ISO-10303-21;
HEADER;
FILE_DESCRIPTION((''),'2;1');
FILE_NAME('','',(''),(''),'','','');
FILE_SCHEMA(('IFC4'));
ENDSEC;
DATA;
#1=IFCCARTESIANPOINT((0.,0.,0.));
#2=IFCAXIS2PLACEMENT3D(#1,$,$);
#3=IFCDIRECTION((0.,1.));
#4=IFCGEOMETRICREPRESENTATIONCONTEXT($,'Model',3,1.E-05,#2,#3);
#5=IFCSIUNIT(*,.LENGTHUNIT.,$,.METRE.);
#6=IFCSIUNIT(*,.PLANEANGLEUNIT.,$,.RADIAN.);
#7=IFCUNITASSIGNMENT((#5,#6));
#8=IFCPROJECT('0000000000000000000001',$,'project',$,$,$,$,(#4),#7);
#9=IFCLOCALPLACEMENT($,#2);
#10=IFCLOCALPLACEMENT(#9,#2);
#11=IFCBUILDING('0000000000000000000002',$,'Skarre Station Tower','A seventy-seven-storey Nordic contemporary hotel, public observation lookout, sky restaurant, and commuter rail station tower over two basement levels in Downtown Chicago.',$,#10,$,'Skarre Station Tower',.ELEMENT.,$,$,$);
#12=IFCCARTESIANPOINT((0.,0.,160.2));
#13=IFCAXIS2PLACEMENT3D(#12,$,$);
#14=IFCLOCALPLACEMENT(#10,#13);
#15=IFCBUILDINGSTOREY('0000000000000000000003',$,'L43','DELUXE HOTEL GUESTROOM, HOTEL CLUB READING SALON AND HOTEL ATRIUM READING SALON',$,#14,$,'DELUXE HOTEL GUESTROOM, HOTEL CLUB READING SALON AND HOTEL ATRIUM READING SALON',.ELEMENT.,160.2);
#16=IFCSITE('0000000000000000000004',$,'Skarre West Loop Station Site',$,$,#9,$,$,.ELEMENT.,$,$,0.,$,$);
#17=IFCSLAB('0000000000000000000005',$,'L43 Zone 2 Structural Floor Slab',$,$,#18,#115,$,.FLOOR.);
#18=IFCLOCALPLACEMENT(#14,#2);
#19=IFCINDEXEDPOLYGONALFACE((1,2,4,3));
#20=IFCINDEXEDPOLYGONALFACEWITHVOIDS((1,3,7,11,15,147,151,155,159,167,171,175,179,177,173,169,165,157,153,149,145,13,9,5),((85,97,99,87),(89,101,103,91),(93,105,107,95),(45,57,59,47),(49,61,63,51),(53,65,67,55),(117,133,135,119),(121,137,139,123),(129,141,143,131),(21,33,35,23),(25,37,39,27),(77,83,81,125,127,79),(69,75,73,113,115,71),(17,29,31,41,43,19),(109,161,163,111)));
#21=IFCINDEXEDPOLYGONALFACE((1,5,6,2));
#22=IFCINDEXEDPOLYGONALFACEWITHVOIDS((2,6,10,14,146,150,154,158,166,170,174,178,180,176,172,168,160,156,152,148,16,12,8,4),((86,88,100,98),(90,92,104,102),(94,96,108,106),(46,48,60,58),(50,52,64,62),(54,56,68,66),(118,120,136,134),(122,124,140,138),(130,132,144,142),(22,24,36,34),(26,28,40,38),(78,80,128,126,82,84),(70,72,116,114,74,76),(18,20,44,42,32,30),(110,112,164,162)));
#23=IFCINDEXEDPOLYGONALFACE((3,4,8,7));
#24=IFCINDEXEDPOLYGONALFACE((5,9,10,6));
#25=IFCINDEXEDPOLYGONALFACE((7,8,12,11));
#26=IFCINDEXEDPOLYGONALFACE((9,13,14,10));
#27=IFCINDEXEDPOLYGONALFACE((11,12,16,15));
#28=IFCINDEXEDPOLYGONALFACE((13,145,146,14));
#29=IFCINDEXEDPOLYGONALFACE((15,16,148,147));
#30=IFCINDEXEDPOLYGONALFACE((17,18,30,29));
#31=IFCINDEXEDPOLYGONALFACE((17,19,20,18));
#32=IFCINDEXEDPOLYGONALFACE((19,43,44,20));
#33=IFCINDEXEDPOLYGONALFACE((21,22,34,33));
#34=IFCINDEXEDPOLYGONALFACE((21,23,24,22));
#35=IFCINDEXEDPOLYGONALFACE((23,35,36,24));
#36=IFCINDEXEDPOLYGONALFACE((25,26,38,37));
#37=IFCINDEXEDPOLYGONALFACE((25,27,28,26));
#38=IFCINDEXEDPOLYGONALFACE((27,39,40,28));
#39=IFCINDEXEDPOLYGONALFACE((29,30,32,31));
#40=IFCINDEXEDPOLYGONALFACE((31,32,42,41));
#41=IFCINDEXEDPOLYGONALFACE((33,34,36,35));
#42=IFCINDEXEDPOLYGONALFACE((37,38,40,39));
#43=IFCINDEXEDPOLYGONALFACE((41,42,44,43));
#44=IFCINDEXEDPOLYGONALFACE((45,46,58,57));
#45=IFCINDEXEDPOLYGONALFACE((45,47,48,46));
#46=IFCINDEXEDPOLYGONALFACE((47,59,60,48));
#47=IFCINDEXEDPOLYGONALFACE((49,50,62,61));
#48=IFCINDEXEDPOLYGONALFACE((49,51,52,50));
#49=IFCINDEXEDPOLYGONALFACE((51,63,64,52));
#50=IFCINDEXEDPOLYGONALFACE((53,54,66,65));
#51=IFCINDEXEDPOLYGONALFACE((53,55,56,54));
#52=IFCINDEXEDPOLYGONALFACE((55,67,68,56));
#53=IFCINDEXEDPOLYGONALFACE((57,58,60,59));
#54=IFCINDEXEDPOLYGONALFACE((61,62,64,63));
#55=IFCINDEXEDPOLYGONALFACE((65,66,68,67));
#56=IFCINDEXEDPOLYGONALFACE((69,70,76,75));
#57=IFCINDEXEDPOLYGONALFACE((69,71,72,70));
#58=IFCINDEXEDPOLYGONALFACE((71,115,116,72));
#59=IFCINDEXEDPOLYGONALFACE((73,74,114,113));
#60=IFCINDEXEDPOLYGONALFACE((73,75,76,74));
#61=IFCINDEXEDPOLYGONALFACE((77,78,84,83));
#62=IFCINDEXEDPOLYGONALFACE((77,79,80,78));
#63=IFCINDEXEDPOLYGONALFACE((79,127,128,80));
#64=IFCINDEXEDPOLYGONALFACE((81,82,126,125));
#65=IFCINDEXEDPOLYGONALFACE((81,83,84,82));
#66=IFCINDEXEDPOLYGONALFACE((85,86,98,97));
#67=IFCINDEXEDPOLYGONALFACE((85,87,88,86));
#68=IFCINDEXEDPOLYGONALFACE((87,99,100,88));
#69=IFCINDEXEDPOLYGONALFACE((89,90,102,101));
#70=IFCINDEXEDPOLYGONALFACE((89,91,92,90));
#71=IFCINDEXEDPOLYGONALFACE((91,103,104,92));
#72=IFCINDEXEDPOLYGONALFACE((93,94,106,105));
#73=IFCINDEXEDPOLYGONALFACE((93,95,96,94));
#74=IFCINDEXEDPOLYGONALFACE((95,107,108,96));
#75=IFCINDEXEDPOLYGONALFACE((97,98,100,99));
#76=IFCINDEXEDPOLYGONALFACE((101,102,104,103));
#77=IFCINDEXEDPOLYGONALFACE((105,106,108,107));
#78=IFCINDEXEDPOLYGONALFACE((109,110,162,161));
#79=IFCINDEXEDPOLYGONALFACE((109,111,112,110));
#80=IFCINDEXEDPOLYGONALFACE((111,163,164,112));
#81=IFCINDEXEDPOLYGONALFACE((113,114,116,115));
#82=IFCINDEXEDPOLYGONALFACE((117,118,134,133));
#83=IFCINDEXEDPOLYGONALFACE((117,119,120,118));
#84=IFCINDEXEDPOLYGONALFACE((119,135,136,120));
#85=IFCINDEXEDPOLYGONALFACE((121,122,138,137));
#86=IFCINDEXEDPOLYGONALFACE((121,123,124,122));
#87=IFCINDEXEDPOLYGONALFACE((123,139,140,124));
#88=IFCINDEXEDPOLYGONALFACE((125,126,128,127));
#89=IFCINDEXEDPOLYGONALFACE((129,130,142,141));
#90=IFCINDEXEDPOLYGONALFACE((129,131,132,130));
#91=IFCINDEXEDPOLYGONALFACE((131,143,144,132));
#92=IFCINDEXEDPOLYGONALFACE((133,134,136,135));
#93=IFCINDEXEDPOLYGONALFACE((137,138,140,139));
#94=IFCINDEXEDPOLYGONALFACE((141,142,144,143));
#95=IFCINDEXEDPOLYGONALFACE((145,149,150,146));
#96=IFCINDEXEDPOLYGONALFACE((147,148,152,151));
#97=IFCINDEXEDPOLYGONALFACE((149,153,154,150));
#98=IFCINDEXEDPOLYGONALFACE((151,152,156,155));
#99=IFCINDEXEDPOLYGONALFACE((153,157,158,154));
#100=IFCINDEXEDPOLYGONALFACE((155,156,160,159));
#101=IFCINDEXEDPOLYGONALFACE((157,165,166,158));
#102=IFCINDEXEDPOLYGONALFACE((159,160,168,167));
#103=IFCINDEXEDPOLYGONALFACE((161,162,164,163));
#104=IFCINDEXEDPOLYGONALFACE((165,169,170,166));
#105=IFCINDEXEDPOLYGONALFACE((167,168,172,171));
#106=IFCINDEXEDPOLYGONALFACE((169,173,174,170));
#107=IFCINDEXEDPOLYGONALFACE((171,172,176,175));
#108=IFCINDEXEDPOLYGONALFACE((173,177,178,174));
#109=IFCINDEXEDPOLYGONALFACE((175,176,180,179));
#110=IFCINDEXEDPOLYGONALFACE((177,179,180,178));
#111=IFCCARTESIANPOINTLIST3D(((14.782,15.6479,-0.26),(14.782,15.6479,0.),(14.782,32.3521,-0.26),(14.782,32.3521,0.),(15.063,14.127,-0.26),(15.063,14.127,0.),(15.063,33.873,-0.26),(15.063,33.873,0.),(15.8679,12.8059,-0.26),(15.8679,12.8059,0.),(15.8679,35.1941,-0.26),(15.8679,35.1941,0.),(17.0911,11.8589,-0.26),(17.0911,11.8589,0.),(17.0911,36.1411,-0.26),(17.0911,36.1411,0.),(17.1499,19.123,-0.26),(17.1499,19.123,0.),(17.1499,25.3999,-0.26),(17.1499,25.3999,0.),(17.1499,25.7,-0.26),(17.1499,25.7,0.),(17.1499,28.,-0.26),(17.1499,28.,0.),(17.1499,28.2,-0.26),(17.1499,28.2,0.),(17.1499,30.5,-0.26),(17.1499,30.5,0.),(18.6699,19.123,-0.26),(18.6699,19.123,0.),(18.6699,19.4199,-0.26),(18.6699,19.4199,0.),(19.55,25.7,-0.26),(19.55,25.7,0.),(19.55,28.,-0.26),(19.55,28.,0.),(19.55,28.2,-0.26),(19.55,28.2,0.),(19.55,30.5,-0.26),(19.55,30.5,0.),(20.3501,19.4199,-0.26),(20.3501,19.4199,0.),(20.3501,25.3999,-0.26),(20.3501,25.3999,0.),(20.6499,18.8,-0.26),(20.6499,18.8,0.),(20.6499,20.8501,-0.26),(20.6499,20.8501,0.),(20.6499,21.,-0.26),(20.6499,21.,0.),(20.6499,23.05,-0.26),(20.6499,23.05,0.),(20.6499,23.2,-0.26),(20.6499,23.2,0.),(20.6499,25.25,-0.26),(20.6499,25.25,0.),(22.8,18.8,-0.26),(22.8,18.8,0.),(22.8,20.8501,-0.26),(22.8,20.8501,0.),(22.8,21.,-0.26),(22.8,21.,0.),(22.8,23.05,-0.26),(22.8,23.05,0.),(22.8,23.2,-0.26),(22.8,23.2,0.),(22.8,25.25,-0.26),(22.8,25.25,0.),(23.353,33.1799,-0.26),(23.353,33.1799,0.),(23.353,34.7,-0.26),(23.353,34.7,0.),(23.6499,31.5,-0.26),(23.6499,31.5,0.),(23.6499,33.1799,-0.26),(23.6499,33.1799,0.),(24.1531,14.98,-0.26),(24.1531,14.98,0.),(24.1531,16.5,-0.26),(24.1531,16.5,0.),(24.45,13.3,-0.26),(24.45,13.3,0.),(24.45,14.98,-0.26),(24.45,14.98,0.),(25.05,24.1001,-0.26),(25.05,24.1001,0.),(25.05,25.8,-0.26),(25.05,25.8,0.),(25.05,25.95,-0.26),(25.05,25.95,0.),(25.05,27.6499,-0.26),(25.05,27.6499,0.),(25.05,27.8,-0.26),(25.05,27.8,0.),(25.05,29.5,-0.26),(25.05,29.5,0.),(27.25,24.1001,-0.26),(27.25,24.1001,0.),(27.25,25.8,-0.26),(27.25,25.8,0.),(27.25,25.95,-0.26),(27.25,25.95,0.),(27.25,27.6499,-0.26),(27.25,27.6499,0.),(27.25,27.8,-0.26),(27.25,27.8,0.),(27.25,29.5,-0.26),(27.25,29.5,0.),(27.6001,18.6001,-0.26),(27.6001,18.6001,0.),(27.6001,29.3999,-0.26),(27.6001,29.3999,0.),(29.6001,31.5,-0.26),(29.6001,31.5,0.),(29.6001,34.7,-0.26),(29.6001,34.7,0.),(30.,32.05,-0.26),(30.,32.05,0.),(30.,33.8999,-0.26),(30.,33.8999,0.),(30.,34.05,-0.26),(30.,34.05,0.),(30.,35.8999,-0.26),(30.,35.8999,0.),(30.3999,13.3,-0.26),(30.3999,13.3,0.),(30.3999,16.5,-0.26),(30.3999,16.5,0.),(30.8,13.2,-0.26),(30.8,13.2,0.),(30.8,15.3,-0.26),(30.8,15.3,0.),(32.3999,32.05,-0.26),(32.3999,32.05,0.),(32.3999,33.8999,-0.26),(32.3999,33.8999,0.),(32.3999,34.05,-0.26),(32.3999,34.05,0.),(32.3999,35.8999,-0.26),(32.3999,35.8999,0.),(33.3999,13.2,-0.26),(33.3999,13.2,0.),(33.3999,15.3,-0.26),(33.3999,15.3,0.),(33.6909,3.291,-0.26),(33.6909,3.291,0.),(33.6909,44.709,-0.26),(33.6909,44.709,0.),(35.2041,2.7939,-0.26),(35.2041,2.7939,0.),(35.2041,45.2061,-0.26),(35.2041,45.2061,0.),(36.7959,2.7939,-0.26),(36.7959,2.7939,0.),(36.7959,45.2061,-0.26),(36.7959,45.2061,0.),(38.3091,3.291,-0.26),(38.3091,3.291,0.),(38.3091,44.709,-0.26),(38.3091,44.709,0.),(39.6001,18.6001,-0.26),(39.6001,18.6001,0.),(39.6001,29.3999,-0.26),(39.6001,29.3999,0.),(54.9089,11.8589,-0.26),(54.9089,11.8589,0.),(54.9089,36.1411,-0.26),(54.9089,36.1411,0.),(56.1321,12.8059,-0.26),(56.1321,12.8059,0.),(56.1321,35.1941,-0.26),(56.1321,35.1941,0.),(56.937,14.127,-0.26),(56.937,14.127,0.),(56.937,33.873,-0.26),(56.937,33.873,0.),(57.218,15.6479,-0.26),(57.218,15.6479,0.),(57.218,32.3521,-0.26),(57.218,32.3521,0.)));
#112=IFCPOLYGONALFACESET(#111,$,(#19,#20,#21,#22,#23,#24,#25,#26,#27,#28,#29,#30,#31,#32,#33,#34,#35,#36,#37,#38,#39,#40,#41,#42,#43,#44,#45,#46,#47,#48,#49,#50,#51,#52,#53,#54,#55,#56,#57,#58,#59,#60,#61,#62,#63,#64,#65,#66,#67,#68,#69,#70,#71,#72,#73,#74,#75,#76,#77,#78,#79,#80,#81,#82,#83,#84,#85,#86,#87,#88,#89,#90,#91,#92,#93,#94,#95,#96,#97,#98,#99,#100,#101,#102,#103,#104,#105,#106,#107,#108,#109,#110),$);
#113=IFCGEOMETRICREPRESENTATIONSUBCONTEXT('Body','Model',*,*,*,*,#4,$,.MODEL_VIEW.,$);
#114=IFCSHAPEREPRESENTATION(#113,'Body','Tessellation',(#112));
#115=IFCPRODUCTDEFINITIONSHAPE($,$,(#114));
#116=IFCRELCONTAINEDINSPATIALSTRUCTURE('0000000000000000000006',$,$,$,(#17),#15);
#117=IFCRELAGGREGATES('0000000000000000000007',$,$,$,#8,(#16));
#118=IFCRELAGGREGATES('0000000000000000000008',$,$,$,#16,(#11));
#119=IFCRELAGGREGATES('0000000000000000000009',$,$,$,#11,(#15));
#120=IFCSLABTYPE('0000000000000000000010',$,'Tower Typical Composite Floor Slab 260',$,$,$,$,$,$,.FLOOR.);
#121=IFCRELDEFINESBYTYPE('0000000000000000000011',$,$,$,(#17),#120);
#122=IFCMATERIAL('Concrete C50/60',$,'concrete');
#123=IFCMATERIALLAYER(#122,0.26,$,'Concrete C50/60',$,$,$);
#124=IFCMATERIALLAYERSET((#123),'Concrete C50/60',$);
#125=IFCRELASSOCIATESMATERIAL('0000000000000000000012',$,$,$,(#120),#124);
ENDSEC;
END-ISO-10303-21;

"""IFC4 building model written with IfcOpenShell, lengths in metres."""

from ifc_helpers import new_model, si_unit, direction, frame, origin, place, context, subcontext, project, spatial, polyline, outline, extrude, material, layer, layer_set, type_object, element, save


model = new_model("IFC4")

# Units and contexts
model_context = context("Model", 3, precision=1e-05, world=origin(), true_north=direction((0.0, 1.0)))
body_context = subcontext(model_context, "Body", "Model", "MODEL_VIEW")
ifc_project = project(units=[si_unit("LENGTHUNIT", "METRE"), si_unit("PLANEANGLEUNIT", "RADIAN")], contexts=[model_context])

# Site, building, storey
site_placement = place(None, origin())
site = spatial("IfcSite", under=ifc_project, at=site_placement, Name="Skarre West Loop Station Site", CompositionType="ELEMENT", RefElevation=0.0)
building_placement = place(site_placement, origin())
building = spatial("IfcBuilding", under=site, at=building_placement, Name="Skarre Station Tower", Description="A seventy-seven-storey Nordic contemporary hotel, public observation lookout, sky restaurant, and commuter rail station tower over two basement levels in Downtown Chicago.", LongName="Skarre Station Tower", CompositionType="ELEMENT")
storey_placement = place(building_placement, frame((0.0, 0.0, 160.2)))
storey = spatial("IfcBuildingStorey", under=building, at=storey_placement, Name="L43", Description="DELUXE HOTEL GUESTROOM, HOTEL CLUB READING SALON AND HOTEL ATRIUM READING SALON", LongName="DELUXE HOTEL GUESTROOM, HOTEL CLUB READING SALON AND HOTEL ATRIUM READING SALON", CompositionType="ELEMENT", Elevation=160.2)

# Slab
ifc_material_1 = material(Name="Concrete C50/60", Category="concrete")
ifc_layer_1 = layer(ifc_material_1, 0.26, Name="Concrete C50/60")
ifc_layer_set_1 = layer_set([ifc_layer_1], Name="Concrete C50/60")
slab_type_1 = type_object("IfcSlabType", Name="Tower Typical Composite Floor Slab 260", PredefinedType="FLOOR", material=ifc_layer_set_1)
slab_1_placement = place(storey_placement, frame((0.0, 0.0, -0.26)))
element("IfcSlab", 1, at=slab_1_placement, inside=storey, type_object=slab_type_1, Name="L43 Zone 2 Structural Floor Slab", PredefinedType="FLOOR", context=body_context, shape_type="SweptSolid", body=[
    extrude(outline(polyline([(57.218, 32.3521), (56.937, 33.873), (56.1321, 35.1941), (54.9089, 36.1411), (38.3091, 44.709), (36.7959, 45.2061), (35.2041, 45.2061), (33.6909, 44.709), (17.0911, 36.1411), (15.8679, 35.1941), (15.063, 33.873), (14.782, 32.3521), (14.782, 15.6479), (15.063, 14.127), (15.8679, 12.8059), (17.0911, 11.8589), (33.6909, 3.291), (35.2041, 2.7939), (36.7959, 2.7939), (38.3091, 3.291), (54.9089, 11.8589), (56.1321, 12.8059), (56.937, 14.127), (57.218, 15.6479), (57.218, 32.3521)]), holes=[polyline([(18.6699, 19.4199), (18.6699, 19.123), (17.1499, 19.123), (17.1499, 25.3999), (20.3501, 25.3999), (20.3501, 19.4199), (18.6699, 19.4199)]), polyline([(24.45, 14.98), (24.1531, 14.98), (24.1531, 16.5), (30.3999, 16.5), (30.3999, 13.3), (24.45, 13.3), (24.45, 14.98)]), polyline([(23.6499, 33.1799), (23.353, 33.1799), (23.353, 34.7), (29.6001, 34.7), (29.6001, 31.5), (23.6499, 31.5), (23.6499, 33.1799)]), polyline([(17.1499, 28.0), (19.55, 28.0), (19.55, 25.7), (17.1499, 25.7), (17.1499, 28.0)]), polyline([(17.1499, 30.5), (19.55, 30.5), (19.55, 28.2), (17.1499, 28.2), (17.1499, 30.5)]), polyline([(30.8, 15.3), (33.3999, 15.3), (33.3999, 13.2), (30.8, 13.2), (30.8, 15.3)]), polyline([(25.05, 25.8), (27.25, 25.8), (27.25, 24.1001), (25.05, 24.1001), (25.05, 25.8)]), polyline([(25.05, 27.6499), (27.25, 27.6499), (27.25, 25.95), (25.05, 25.95), (25.05, 27.6499)]), polyline([(25.05, 29.5), (27.25, 29.5), (27.25, 27.8), (25.05, 27.8), (25.05, 29.5)]), polyline([(20.6499, 20.8501), (22.8, 20.8501), (22.8, 18.8), (20.6499, 18.8), (20.6499, 20.8501)]), polyline([(20.6499, 23.05), (22.8, 23.05), (22.8, 21.0), (20.6499, 21.0), (20.6499, 23.05)]), polyline([(20.6499, 25.25), (22.8, 25.25), (22.8, 23.2), (20.6499, 23.2), (20.6499, 25.25)]), polyline([(30.0, 33.8999), (32.3999, 33.8999), (32.3999, 32.05), (30.0, 32.05), (30.0, 33.8999)]), polyline([(30.0, 35.8999), (32.3999, 35.8999), (32.3999, 34.05), (30.0, 34.05), (30.0, 35.8999)]), polyline([(27.6001, 29.3999), (39.6001, 29.3999), (39.6001, 18.6001), (27.6001, 18.6001), (27.6001, 29.3999)])]), origin(), (0.0, 0.0, 1.0), 0.26),
])

save(model, "model.ifc")
